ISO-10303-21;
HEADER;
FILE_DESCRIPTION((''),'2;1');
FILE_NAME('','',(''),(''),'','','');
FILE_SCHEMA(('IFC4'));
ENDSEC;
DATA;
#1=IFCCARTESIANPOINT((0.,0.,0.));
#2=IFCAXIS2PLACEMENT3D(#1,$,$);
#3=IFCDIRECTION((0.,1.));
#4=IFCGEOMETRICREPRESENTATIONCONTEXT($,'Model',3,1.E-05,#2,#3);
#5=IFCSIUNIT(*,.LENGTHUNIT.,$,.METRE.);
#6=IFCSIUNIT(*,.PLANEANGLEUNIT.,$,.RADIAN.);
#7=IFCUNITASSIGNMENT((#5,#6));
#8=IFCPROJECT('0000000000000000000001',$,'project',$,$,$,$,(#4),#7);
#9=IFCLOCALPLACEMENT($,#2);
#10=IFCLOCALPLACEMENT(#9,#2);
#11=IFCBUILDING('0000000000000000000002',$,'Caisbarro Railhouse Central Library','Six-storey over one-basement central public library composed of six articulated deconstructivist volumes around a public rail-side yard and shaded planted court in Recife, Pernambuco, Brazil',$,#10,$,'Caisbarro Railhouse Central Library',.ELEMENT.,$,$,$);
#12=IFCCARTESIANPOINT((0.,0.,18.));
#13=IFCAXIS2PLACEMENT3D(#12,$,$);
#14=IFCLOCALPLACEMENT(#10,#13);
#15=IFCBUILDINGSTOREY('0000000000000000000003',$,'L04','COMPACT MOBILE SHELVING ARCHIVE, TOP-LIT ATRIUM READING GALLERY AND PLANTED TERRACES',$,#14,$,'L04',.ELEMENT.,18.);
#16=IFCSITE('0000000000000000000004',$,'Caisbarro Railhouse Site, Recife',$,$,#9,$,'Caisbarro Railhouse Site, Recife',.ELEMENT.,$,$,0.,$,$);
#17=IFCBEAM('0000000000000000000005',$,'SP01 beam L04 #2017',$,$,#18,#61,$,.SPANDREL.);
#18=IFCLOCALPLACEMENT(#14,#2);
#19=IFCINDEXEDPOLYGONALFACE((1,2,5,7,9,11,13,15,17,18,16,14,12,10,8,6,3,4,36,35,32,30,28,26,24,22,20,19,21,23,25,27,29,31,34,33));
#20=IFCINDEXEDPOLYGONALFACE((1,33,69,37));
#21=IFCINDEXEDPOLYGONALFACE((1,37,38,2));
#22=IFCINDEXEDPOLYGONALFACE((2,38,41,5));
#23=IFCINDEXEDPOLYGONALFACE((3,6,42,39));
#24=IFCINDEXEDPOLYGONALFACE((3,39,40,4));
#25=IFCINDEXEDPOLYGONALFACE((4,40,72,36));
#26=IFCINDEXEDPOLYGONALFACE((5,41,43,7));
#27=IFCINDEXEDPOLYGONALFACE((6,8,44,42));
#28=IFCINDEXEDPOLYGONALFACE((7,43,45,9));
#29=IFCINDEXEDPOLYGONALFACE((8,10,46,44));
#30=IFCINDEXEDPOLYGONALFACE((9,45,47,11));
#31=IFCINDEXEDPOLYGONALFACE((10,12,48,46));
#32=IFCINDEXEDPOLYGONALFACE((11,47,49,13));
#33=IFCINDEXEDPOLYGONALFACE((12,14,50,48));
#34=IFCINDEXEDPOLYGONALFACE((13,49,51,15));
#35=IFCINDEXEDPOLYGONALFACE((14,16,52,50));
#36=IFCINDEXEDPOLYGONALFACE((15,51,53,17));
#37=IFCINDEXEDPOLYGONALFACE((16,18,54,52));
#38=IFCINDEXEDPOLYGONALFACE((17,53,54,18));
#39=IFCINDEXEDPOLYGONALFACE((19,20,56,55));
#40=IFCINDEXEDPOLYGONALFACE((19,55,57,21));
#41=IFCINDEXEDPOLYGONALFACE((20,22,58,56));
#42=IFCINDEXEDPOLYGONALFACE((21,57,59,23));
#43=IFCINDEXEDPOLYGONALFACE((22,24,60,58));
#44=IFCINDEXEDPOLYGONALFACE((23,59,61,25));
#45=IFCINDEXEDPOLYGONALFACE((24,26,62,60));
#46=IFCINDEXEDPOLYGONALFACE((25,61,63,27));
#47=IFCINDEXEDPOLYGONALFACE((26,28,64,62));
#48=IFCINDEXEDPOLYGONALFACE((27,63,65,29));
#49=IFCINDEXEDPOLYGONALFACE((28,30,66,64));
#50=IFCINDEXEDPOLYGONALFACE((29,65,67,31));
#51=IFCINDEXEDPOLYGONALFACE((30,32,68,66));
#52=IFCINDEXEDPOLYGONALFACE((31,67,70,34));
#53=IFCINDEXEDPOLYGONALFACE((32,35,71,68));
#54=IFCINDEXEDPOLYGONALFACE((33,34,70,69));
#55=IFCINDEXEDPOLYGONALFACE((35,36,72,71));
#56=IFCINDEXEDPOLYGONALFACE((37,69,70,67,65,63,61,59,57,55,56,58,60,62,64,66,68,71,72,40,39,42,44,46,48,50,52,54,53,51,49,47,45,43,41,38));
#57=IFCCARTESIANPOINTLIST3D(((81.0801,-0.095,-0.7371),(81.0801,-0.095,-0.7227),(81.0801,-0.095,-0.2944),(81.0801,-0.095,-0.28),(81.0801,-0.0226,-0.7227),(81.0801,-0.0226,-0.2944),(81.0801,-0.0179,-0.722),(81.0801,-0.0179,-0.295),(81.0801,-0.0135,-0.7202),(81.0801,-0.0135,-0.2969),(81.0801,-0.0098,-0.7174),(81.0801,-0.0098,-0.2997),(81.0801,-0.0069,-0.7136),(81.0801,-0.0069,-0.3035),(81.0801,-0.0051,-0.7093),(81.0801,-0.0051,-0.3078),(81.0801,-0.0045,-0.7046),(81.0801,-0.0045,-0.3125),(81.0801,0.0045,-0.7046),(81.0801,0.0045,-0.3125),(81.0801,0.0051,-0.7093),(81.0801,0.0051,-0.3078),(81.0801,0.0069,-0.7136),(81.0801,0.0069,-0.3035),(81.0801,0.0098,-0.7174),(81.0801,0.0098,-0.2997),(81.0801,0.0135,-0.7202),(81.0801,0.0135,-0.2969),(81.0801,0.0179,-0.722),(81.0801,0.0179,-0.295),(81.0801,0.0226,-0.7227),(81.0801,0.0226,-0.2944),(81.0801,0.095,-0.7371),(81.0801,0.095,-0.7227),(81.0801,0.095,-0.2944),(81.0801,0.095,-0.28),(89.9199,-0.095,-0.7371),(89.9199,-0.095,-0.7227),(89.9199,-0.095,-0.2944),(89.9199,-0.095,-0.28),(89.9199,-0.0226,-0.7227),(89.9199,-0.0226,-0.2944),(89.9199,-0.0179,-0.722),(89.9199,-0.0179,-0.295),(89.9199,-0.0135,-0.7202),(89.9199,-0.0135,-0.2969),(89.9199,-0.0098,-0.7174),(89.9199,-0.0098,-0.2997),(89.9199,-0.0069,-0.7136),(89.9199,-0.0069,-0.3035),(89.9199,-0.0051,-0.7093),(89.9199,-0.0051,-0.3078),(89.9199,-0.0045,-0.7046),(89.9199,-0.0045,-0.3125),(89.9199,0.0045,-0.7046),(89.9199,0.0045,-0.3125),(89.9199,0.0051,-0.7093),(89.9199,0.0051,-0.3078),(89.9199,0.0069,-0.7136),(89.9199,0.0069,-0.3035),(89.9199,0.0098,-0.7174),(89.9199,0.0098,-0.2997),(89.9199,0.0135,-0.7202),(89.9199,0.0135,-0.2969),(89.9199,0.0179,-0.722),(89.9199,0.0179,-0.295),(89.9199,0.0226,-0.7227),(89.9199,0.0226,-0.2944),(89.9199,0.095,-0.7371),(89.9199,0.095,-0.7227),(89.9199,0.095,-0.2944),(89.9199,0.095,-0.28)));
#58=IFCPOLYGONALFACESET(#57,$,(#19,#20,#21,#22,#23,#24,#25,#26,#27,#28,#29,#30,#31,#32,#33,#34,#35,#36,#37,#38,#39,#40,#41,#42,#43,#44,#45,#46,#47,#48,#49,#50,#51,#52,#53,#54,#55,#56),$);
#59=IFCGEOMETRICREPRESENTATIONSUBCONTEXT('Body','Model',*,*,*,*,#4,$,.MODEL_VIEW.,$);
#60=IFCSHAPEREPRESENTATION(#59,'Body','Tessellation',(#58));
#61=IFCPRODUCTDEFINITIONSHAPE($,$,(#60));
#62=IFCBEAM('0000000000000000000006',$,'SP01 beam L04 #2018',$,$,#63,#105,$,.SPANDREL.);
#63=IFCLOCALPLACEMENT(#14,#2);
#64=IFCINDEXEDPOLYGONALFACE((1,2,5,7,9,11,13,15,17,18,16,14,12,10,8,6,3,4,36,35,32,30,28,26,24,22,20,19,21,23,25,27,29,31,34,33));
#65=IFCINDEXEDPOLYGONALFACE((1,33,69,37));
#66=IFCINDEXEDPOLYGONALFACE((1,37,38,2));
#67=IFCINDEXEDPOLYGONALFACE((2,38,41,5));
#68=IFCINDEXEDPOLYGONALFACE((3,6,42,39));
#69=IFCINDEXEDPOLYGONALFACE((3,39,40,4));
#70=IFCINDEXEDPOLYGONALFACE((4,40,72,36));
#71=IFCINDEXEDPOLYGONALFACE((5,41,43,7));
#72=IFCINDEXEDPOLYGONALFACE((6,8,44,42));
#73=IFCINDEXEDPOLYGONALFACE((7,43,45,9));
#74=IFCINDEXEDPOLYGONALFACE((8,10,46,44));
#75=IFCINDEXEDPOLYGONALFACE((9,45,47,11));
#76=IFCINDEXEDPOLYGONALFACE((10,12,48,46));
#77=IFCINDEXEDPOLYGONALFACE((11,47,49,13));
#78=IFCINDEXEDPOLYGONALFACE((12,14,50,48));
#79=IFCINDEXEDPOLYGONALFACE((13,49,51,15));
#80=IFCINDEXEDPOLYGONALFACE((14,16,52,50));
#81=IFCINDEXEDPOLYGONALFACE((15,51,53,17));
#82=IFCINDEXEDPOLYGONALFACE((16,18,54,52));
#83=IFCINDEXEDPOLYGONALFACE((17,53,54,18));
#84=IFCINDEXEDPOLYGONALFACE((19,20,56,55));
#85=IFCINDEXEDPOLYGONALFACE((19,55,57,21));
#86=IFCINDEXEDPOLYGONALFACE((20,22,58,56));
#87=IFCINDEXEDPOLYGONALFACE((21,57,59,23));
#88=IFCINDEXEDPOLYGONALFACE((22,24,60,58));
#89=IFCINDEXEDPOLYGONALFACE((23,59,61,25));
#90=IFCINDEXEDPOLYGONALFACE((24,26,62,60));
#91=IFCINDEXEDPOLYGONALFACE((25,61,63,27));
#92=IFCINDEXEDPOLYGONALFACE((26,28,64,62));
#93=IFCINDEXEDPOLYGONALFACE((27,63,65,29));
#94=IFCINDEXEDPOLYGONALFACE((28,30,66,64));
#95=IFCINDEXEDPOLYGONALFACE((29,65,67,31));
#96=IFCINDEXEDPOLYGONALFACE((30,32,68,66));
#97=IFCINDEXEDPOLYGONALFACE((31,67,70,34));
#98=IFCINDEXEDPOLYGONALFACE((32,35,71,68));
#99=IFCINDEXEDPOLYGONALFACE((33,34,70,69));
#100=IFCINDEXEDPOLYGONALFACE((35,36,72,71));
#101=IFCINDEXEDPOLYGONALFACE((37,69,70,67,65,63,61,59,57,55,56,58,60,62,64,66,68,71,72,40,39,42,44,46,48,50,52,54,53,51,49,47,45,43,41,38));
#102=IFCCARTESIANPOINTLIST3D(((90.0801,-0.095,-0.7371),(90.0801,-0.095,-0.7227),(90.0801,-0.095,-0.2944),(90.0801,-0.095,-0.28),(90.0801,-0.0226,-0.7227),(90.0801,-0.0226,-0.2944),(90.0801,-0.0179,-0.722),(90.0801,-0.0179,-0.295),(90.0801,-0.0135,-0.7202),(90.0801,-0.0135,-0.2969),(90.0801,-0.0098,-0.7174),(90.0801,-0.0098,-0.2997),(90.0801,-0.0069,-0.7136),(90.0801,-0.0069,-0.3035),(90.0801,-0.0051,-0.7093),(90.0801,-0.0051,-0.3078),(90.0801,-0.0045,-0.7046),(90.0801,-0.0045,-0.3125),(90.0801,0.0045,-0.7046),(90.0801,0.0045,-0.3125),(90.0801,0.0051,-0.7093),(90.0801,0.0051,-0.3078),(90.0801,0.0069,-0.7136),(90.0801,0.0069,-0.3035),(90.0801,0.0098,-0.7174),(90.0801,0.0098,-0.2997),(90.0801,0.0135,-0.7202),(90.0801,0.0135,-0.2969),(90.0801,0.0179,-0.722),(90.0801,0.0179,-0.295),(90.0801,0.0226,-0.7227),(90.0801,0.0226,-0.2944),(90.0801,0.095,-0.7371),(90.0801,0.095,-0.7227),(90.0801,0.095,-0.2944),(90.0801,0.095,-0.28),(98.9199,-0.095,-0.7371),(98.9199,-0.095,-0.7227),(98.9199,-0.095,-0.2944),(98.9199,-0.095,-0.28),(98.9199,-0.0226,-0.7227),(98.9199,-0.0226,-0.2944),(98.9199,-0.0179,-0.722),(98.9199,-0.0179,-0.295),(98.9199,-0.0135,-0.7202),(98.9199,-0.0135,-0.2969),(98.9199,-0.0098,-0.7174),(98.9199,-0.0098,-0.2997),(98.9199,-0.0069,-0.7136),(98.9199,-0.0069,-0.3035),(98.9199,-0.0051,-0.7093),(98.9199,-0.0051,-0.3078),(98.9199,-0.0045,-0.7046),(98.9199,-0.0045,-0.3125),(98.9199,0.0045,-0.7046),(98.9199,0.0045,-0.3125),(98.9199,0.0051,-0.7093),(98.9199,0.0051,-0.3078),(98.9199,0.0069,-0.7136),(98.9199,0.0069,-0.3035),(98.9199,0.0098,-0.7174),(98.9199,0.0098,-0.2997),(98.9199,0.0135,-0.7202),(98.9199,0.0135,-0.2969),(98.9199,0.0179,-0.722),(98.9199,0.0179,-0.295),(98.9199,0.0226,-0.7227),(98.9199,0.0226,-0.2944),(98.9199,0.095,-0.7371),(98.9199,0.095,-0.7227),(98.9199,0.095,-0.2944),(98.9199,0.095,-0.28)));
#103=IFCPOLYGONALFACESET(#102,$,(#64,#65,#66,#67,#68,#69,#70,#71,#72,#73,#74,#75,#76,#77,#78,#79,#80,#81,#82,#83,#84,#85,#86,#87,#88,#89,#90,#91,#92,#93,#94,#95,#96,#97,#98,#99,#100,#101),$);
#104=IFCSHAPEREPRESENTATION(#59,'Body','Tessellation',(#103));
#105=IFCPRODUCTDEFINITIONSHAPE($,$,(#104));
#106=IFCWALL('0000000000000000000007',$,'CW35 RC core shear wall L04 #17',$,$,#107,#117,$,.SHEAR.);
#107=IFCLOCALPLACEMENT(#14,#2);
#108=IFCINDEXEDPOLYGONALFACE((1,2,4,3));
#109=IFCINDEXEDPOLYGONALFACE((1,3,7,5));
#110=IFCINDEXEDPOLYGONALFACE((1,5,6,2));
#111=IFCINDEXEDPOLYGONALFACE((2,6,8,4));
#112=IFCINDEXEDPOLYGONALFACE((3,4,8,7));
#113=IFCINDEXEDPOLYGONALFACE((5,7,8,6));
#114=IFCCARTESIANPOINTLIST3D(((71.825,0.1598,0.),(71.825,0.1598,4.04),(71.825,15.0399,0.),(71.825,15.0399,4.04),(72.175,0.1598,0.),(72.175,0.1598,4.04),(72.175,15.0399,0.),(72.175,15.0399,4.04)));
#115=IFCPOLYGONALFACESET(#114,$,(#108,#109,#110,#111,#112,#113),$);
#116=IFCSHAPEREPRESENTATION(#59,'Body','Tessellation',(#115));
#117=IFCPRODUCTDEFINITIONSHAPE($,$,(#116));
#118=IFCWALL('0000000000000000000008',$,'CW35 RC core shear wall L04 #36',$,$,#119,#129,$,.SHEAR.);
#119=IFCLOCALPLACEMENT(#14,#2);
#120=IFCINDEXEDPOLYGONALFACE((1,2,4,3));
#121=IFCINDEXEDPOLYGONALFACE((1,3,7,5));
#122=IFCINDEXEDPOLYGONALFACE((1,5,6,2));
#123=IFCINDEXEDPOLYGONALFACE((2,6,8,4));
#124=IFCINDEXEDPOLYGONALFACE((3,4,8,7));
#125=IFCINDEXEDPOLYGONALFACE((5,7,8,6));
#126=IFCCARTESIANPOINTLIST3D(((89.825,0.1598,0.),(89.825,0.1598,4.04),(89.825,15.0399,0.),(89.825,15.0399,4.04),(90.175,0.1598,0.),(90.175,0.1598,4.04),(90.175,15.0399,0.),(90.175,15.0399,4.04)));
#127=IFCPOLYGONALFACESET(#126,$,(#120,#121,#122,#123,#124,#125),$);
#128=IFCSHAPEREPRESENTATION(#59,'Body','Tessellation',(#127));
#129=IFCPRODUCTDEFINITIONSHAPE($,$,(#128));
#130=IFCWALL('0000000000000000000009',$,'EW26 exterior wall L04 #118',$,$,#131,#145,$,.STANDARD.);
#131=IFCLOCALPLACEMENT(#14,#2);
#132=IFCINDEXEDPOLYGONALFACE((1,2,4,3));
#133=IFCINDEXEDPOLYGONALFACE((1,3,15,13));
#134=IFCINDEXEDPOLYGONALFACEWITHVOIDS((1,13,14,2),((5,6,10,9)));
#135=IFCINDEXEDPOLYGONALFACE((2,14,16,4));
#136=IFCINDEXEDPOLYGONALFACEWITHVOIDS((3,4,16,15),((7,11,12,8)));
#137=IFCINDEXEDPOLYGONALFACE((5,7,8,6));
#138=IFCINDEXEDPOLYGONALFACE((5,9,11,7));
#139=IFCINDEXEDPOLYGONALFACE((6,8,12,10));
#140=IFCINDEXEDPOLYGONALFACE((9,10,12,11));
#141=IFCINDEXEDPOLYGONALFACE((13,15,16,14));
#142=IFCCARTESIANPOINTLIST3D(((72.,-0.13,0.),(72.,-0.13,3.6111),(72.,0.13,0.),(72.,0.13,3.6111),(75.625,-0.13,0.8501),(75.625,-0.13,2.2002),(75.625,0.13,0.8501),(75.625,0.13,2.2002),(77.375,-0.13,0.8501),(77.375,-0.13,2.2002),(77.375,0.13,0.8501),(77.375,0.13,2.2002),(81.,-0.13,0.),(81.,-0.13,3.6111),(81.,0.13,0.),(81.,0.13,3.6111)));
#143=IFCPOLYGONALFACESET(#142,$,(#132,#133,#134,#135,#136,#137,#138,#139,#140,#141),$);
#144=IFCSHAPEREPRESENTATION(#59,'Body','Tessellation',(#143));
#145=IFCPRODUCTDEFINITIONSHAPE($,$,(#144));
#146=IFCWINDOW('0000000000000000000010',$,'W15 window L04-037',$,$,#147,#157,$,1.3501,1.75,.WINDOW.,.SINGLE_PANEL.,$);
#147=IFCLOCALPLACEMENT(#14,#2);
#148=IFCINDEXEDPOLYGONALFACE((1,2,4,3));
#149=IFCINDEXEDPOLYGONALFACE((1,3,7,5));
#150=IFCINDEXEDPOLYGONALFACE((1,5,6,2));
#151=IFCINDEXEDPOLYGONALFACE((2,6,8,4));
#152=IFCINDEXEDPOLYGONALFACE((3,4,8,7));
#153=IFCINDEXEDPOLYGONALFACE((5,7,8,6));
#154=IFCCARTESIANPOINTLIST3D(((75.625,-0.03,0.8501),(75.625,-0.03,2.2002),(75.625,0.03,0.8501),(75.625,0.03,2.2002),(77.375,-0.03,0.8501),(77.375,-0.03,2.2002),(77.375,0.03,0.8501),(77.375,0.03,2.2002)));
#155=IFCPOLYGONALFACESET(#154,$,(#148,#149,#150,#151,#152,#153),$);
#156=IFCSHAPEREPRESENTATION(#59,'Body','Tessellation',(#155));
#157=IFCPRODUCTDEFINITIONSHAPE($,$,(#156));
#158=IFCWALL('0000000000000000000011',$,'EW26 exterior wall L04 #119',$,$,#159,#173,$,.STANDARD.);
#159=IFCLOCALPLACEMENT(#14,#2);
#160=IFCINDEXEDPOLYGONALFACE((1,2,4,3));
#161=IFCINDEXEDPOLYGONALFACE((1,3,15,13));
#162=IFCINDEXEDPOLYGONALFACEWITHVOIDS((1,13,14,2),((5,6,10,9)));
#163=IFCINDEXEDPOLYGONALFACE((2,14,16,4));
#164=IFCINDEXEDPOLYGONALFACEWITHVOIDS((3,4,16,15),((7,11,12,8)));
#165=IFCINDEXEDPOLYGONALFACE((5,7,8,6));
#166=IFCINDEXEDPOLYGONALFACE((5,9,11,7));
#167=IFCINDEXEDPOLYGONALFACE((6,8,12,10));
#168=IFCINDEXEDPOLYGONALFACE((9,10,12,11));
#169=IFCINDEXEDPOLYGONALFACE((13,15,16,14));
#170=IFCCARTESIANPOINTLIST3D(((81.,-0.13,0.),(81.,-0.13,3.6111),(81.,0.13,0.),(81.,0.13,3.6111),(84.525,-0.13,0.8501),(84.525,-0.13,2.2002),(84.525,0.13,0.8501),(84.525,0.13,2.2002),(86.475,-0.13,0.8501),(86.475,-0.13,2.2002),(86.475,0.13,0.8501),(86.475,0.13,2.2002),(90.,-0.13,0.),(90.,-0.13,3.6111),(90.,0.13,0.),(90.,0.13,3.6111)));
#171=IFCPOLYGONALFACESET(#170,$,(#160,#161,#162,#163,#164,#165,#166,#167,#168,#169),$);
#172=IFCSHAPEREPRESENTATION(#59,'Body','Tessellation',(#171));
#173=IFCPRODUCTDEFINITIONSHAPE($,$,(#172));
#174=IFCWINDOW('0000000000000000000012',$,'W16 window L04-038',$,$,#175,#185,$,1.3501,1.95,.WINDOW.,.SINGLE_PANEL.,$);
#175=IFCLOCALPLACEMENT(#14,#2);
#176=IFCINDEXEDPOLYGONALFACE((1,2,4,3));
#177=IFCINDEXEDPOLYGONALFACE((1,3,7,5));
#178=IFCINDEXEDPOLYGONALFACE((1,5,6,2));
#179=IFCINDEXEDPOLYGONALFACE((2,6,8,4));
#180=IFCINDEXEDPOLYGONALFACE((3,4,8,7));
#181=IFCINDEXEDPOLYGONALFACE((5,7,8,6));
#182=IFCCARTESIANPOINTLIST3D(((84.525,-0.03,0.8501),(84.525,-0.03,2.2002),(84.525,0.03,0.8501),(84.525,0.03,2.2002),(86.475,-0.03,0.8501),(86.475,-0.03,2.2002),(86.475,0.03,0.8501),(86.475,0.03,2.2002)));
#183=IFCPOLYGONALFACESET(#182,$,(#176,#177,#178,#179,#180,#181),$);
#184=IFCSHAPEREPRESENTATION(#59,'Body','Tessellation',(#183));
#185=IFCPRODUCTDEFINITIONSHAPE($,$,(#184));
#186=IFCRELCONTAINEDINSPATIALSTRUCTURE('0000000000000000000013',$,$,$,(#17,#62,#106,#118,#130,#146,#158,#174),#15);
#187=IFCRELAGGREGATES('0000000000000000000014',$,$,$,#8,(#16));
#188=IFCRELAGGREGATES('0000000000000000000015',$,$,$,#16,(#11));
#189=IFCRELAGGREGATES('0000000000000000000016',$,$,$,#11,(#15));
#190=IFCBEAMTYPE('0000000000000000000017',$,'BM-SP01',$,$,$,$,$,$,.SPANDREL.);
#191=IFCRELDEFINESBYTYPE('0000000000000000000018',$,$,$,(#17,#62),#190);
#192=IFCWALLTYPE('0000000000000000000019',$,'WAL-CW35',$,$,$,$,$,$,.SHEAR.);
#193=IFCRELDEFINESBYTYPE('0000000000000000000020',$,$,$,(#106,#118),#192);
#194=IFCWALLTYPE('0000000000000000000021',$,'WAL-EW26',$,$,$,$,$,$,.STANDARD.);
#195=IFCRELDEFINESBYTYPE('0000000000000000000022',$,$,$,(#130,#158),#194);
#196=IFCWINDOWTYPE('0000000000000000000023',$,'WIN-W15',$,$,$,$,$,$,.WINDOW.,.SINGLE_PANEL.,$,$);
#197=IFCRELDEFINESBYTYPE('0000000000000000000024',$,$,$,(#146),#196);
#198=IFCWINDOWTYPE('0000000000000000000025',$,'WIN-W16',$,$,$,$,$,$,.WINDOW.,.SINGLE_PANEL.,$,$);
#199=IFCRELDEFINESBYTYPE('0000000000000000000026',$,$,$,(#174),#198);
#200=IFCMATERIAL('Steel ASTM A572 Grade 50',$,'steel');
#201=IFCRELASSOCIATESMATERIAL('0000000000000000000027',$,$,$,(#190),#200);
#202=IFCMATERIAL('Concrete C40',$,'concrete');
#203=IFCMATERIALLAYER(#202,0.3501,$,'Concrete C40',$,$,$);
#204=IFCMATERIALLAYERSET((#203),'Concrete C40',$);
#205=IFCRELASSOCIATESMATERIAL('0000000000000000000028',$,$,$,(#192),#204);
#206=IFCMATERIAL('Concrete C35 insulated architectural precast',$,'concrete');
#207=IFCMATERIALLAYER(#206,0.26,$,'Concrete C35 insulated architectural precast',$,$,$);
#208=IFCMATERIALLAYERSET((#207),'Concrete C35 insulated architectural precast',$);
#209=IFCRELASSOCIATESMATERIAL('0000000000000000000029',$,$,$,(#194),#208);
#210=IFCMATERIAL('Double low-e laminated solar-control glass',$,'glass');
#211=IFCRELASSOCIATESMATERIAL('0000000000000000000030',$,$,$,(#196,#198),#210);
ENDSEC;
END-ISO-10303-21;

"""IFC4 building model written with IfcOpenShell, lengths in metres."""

from ifc_helpers import new_model, si_unit, direction, frame, frame_2d, origin, origin_2d, place, context, subcontext, project, spatial, rectangle, i_section, extrude, material, layer, layer_set, material_profile, profile_set, type_object, element, fill, save


model = new_model("IFC4")

# Units and contexts
model_context = context("Model", 3, precision=1e-05, world=origin(), true_north=direction((0.0, 1.0)))
body_context = subcontext(model_context, "Body", "Model", "MODEL_VIEW")
ifc_project = project(units=[si_unit("LENGTHUNIT", "METRE"), si_unit("PLANEANGLEUNIT", "RADIAN")], contexts=[model_context])

# Site, building, storey
site_placement = place(None, origin())
site = spatial("IfcSite", under=ifc_project, at=site_placement, Name="Caisbarro Railhouse Site, Recife", LongName="Caisbarro Railhouse Site, Recife", CompositionType="ELEMENT", RefElevation=0.0)
building_placement = place(site_placement, origin())
building = spatial("IfcBuilding", under=site, at=building_placement, Name="Caisbarro Railhouse Central Library", Description="Six-storey over one-basement central public library composed of six articulated deconstructivist volumes around a public rail-side yard and shaded planted court in Recife, Pernambuco, Brazil", LongName="Caisbarro Railhouse Central Library", CompositionType="ELEMENT")
storey_placement = place(building_placement, frame((0.0, 0.0, 18.0)))
storey = spatial("IfcBuildingStorey", under=building, at=storey_placement, Name="L04", Description="COMPACT MOBILE SHELVING ARCHIVE, TOP-LIT ATRIUM READING GALLERY AND PLANTED TERRACES", LongName="L04", CompositionType="ELEMENT", Elevation=18.0)

# Shared definitions
ifc_material_1 = material(Name="Steel ASTM A572 Grade 50", Category="steel")

# Beams
ifc_material_profile_1 = material_profile(ifc_material_1, i_section(OverallWidth=0.1899, OverallDepth=0.457, WebThickness=0.009, FlangeThickness=0.0144, FilletRadius=0.0181, at=origin_2d()), Name="W460X74.0")
ifc_profile_set_1 = profile_set([ifc_material_profile_1], Name="Steel ASTM A572 Grade 50")
beam_type_1 = type_object("IfcBeamType", Name="BM-SP01", PredefinedType="SPANDREL", material=ifc_profile_set_1)
for number, where, z_axis, x_axis, name in (
    (1, (81.0801, 0.0, -0.5085), (1.0, 0.0, 0.0), (0.0, 1.0, 0.0), "SP01 beam L04 #2017"),
    (2, (90.0801, 0.0, -0.5085), (1.0, 0.0, 0.0), (0.0, 1.0, 0.0), "SP01 beam L04 #2018"),
):
    element("IfcBeam", number, at=place(storey_placement, frame(where, z_axis=z_axis, x_axis=x_axis)), inside=storey, type_object=beam_type_1, Name=name, PredefinedType="SPANDREL", context=body_context, shape_type="SweptSolid", body=[
        extrude(i_section(OverallWidth=0.1899, OverallDepth=0.457, WebThickness=0.009, FlangeThickness=0.0144, FilletRadius=0.0181, at=origin_2d()), origin(), (0.0, 0.0, 1.0), 8.8398),
    ])

# Walls
ifc_material_2 = material(Name="Concrete C40", Category="concrete")
ifc_layer_1 = layer(ifc_material_2, 0.3501, Name="Concrete C40")
ifc_layer_set_1 = layer_set([ifc_layer_1], Name="Concrete C40")
wall_type_1 = type_object("IfcWallType", Name="WAL-CW35", PredefinedType="SHEAR", material=ifc_layer_set_1)
for number, where, z_axis, x_axis, name in (
    (3, (72.0, 0.1599, 0.0), (0.0, 0.0, 1.0), (0.0, 1.0, 0.0), "CW35 RC core shear wall L04 #17"),
    (4, (90.0, 0.1599, 0.0), (0.0, 0.0, 1.0), (0.0, 1.0, 0.0), "CW35 RC core shear wall L04 #36"),
):
    element("IfcWall", number, at=place(storey_placement, frame(where, z_axis=z_axis, x_axis=x_axis)), inside=storey, type_object=wall_type_1, Name=name, PredefinedType="SHEAR", context=body_context, shape_type="SweptSolid", body=[
        extrude(rectangle(XDim=14.8801, YDim=0.3501, at=frame_2d((7.4399, 0.0))), origin(), (0.0, 0.0, 1.0), 4.04),
    ])

# Walls, openings, windows
ifc_material_3 = material(Name="Concrete C35 insulated architectural precast", Category="concrete")
ifc_layer_2 = layer(ifc_material_3, 0.26, Name="Concrete C35 insulated architectural precast")
ifc_layer_set_2 = layer_set([ifc_layer_2], Name="Concrete C35 insulated architectural precast")
wall_type_2 = type_object("IfcWallType", Name="WAL-EW26", PredefinedType="STANDARD", material=ifc_layer_set_2)
wall_1_placement = place(storey_placement, frame((72.0, 0.0, 0.0), z_axis=(0.0, 0.0, 1.0), x_axis=(1.0, 0.0, 0.0)))
wall_1 = element("IfcWall", 5, at=wall_1_placement, inside=storey, type_object=wall_type_2, Name="EW26 exterior wall L04 #118", PredefinedType="STANDARD", context=body_context, shape_type="SweptSolid", body=[
    extrude(rectangle(XDim=9.0, YDim=0.26, at=frame_2d((4.5, 0.0))), origin(), (0.0, 0.0, 1.0), 3.6111),
])
opening_1_placement = place(wall_1_placement, frame((3.625, 0.0, 0.8501)))
opening_1 = element("IfcOpeningElement", 6, at=opening_1_placement, cuts=wall_1, PredefinedType="OPENING", context=body_context, shape_type="SweptSolid", body=[
    extrude(rectangle(XDim=1.75, YDim=1.3501, at=frame_2d((0.875, 0.675))), frame((0.0, 0.1401, 0.0), z_axis=(0.0, -1.0, 0.0), x_axis=(1.0, 0.0, 0.0)), (0.0, 0.0, 1.0), 0.28),
])
ifc_material_4 = material(Name="Double low-e laminated solar-control glass", Category="glass")
window_type_1 = type_object("IfcWindowType", Name="WIN-W15", PartitioningType="SINGLE_PANEL", PredefinedType="WINDOW", material=ifc_material_4)
window_1_placement = place(opening_1_placement, origin())
window_1 = element("IfcWindow", 7, at=window_1_placement, inside=storey, type_object=window_type_1, Name="W15 window L04-037", OverallHeight=1.3501, OverallWidth=1.75, PartitioningType="SINGLE_PANEL", PredefinedType="WINDOW", context=body_context, shape_type="SweptSolid", body=[
    extrude(rectangle(XDim=1.75, YDim=1.3501, at=frame_2d((0.875, 0.675))), frame((0.0, 0.03, 0.0), z_axis=(0.0, -1.0, 0.0), x_axis=(1.0, 0.0, 0.0)), (0.0, 0.0, 1.0), 0.0601),
])
fill(opening_1, window_1)
wall_2_placement = place(storey_placement, frame((81.0, 0.0, 0.0), z_axis=(0.0, 0.0, 1.0), x_axis=(1.0, 0.0, 0.0)))
wall_2 = element("IfcWall", 8, at=wall_2_placement, inside=storey, type_object=wall_type_2, Name="EW26 exterior wall L04 #119", PredefinedType="STANDARD", context=body_context, shape_type="SweptSolid", body=[
    extrude(rectangle(XDim=9.0, YDim=0.26, at=frame_2d((4.5, 0.0))), origin(), (0.0, 0.0, 1.0), 3.6111),
])
opening_2_placement = place(wall_2_placement, frame((3.5249, 0.0, 0.8501)))
opening_2 = element("IfcOpeningElement", 9, at=opening_2_placement, cuts=wall_2, PredefinedType="OPENING", context=body_context, shape_type="SweptSolid", body=[
    extrude(rectangle(XDim=1.95, YDim=1.3501, at=frame_2d((0.9751, 0.675))), frame((0.0, 0.1401, 0.0), z_axis=(0.0, -1.0, 0.0), x_axis=(1.0, 0.0, 0.0)), (0.0, 0.0, 1.0), 0.28),
])
window_type_2 = type_object("IfcWindowType", Name="WIN-W16", PartitioningType="SINGLE_PANEL", PredefinedType="WINDOW", material=ifc_material_4)
window_2_placement = place(opening_2_placement, origin())
window_2 = element("IfcWindow", 10, at=window_2_placement, inside=storey, type_object=window_type_2, Name="W16 window L04-038", OverallHeight=1.3501, OverallWidth=1.95, PartitioningType="SINGLE_PANEL", PredefinedType="WINDOW", context=body_context, shape_type="SweptSolid", body=[
    extrude(rectangle(XDim=1.95, YDim=1.3501, at=frame_2d((0.9751, 0.675))), frame((0.0, 0.03, 0.0), z_axis=(0.0, -1.0, 0.0), x_axis=(1.0, 0.0, 0.0)), (0.0, 0.0, 1.0), 0.0601),
])
fill(opening_2, window_2)

save(model, "model.ifc")
